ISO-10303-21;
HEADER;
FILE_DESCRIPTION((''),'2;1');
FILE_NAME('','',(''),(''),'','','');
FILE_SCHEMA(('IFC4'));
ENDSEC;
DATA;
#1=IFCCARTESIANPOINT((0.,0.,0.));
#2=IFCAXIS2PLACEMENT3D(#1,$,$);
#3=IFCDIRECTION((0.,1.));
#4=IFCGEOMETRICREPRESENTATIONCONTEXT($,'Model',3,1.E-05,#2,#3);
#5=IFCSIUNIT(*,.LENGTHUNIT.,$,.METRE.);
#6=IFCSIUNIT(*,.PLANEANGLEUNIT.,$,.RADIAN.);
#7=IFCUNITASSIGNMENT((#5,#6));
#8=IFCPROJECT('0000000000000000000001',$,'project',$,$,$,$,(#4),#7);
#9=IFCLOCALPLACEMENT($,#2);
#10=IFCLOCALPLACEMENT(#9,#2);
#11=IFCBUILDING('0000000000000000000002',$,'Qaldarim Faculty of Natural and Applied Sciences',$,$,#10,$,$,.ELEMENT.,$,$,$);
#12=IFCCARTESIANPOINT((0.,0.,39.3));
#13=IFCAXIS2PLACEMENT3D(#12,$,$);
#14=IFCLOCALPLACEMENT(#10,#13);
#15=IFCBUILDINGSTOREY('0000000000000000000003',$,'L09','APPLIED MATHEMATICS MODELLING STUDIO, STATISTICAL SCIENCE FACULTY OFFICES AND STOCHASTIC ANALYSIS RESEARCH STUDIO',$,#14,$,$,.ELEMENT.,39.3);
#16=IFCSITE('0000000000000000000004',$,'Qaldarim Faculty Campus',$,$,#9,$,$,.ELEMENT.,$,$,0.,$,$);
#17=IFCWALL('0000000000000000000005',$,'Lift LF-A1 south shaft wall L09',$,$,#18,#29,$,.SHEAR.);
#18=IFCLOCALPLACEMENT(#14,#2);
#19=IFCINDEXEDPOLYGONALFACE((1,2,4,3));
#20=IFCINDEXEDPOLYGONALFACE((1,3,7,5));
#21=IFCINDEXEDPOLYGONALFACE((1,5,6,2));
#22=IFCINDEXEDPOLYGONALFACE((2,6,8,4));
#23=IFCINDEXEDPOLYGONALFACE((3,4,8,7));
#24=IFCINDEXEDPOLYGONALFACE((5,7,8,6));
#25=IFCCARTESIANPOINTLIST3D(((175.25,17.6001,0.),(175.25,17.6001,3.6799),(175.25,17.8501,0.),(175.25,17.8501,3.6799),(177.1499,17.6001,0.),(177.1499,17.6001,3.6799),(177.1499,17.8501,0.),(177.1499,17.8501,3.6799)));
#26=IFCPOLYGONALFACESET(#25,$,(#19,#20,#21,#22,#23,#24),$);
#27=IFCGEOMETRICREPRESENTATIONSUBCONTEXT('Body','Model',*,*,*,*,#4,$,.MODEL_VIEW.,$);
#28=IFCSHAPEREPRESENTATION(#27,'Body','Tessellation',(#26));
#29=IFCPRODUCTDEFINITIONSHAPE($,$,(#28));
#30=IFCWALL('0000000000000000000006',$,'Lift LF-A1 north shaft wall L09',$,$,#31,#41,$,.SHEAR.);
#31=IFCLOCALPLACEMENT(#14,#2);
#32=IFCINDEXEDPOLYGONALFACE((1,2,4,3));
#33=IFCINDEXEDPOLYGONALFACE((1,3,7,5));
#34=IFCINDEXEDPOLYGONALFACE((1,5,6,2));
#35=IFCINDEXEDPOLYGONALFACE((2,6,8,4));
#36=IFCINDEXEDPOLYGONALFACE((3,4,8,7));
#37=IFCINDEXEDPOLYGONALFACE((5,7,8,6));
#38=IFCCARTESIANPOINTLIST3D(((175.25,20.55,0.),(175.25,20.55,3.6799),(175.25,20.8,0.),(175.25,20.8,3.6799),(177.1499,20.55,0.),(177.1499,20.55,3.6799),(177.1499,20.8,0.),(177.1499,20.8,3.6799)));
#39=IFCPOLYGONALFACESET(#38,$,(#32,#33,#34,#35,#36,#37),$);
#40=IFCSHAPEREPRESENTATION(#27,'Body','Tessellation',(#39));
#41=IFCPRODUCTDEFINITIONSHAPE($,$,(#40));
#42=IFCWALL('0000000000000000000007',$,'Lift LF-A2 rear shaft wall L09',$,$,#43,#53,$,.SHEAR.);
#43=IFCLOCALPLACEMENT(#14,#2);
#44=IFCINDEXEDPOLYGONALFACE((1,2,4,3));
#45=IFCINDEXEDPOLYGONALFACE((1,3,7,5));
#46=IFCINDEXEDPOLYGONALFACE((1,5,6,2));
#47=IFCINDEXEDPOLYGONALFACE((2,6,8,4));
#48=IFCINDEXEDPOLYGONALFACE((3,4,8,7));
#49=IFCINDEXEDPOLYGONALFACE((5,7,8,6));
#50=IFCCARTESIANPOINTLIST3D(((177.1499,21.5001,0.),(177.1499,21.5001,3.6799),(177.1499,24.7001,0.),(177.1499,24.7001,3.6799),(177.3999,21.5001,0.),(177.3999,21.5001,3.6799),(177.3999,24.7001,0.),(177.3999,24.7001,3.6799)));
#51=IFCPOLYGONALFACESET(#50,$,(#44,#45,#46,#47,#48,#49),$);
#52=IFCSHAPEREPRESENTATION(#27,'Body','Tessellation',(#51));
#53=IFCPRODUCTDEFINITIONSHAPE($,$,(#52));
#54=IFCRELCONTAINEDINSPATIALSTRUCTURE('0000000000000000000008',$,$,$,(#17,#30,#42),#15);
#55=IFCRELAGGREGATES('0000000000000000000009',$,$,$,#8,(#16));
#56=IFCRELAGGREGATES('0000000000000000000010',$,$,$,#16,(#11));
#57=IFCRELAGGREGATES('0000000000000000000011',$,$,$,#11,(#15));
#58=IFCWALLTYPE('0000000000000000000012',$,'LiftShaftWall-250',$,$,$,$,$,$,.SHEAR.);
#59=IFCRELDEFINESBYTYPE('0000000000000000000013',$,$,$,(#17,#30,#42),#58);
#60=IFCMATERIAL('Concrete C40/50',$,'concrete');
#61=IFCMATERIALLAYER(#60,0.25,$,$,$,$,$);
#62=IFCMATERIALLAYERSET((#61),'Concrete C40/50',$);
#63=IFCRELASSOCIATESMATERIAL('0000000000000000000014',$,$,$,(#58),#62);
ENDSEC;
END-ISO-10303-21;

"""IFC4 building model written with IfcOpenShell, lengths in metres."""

from ifc_helpers import new_model, si_unit, direction, frame, frame_2d, origin, place, context, subcontext, project, spatial, rectangle, extrude, material, layer, layer_set, type_object, element, save


model = new_model("IFC4")

# Units and contexts
model_context = context("Model", 3, precision=1e-05, world=origin(), true_north=direction((0.0, 1.0)))
body_context = subcontext(model_context, "Body", "Model", "MODEL_VIEW")
ifc_project = project(units=[si_unit("LENGTHUNIT", "METRE"), si_unit("PLANEANGLEUNIT", "RADIAN")], contexts=[model_context])

# Site, building, storey
site_placement = place(None, origin())
site = spatial("IfcSite", under=ifc_project, at=site_placement, Name="Qaldarim Faculty Campus", CompositionType="ELEMENT", RefElevation=0.0)
building_placement = place(site_placement, origin())
building = spatial("IfcBuilding", under=site, at=building_placement, Name="Qaldarim Faculty of Natural and Applied Sciences", CompositionType="ELEMENT")
storey_placement = place(building_placement, frame((0.0, 0.0, 39.3)))
storey = spatial("IfcBuildingStorey", under=building, at=storey_placement, Name="L09", Description="APPLIED MATHEMATICS MODELLING STUDIO, STATISTICAL SCIENCE FACULTY OFFICES AND STOCHASTIC ANALYSIS RESEARCH STUDIO", CompositionType="ELEMENT", Elevation=39.3)

# Shared definitions
ifc_material_1 = material(Name="Concrete C40/50", Category="concrete")
ifc_layer_1 = layer(ifc_material_1, 0.25)
ifc_layer_set_1 = layer_set([ifc_layer_1], Name="Concrete C40/50")
wall_type = type_object("IfcWallType", Name="LiftShaftWall-250", PredefinedType="SHEAR", material=ifc_layer_set_1)

# Walls
for number, where, z_axis, x_axis, name in (
    (1, (175.25, 17.7251, 0.0), (0.0, 0.0, 1.0), (1.0, 0.0, 0.0), "Lift LF-A1 south shaft wall L09"),
    (2, (175.25, 20.675, 0.0), (0.0, 0.0, 1.0), (1.0, 0.0, 0.0), "Lift LF-A1 north shaft wall L09"),
):
    element("IfcWall", number, at=place(storey_placement, frame(where, z_axis=z_axis, x_axis=x_axis)), inside=storey, type_object=wall_type, Name=name, PredefinedType="SHEAR", context=body_context, shape_type="SweptSolid", body=[
        extrude(rectangle(XDim=1.8999, YDim=0.25, at=frame_2d((0.95, 0.0))), origin(), (0.0, 0.0, 1.0), 3.6799),
    ])

# Wall
wall_1_placement = place(storey_placement, frame((177.2749, 21.5, 0.0), z_axis=(0.0, 0.0, 1.0), x_axis=(0.0, 1.0, 0.0)))
element("IfcWall", 3, at=wall_1_placement, inside=storey, type_object=wall_type, Name="Lift LF-A2 rear shaft wall L09", PredefinedType="SHEAR", context=body_context, shape_type="SweptSolid", body=[
    extrude(rectangle(XDim=3.2, YDim=0.25, at=frame_2d((1.6001, 0.0))), origin(), (0.0, 0.0, 1.0), 3.6799),
])

save(model, "model.ifc")
